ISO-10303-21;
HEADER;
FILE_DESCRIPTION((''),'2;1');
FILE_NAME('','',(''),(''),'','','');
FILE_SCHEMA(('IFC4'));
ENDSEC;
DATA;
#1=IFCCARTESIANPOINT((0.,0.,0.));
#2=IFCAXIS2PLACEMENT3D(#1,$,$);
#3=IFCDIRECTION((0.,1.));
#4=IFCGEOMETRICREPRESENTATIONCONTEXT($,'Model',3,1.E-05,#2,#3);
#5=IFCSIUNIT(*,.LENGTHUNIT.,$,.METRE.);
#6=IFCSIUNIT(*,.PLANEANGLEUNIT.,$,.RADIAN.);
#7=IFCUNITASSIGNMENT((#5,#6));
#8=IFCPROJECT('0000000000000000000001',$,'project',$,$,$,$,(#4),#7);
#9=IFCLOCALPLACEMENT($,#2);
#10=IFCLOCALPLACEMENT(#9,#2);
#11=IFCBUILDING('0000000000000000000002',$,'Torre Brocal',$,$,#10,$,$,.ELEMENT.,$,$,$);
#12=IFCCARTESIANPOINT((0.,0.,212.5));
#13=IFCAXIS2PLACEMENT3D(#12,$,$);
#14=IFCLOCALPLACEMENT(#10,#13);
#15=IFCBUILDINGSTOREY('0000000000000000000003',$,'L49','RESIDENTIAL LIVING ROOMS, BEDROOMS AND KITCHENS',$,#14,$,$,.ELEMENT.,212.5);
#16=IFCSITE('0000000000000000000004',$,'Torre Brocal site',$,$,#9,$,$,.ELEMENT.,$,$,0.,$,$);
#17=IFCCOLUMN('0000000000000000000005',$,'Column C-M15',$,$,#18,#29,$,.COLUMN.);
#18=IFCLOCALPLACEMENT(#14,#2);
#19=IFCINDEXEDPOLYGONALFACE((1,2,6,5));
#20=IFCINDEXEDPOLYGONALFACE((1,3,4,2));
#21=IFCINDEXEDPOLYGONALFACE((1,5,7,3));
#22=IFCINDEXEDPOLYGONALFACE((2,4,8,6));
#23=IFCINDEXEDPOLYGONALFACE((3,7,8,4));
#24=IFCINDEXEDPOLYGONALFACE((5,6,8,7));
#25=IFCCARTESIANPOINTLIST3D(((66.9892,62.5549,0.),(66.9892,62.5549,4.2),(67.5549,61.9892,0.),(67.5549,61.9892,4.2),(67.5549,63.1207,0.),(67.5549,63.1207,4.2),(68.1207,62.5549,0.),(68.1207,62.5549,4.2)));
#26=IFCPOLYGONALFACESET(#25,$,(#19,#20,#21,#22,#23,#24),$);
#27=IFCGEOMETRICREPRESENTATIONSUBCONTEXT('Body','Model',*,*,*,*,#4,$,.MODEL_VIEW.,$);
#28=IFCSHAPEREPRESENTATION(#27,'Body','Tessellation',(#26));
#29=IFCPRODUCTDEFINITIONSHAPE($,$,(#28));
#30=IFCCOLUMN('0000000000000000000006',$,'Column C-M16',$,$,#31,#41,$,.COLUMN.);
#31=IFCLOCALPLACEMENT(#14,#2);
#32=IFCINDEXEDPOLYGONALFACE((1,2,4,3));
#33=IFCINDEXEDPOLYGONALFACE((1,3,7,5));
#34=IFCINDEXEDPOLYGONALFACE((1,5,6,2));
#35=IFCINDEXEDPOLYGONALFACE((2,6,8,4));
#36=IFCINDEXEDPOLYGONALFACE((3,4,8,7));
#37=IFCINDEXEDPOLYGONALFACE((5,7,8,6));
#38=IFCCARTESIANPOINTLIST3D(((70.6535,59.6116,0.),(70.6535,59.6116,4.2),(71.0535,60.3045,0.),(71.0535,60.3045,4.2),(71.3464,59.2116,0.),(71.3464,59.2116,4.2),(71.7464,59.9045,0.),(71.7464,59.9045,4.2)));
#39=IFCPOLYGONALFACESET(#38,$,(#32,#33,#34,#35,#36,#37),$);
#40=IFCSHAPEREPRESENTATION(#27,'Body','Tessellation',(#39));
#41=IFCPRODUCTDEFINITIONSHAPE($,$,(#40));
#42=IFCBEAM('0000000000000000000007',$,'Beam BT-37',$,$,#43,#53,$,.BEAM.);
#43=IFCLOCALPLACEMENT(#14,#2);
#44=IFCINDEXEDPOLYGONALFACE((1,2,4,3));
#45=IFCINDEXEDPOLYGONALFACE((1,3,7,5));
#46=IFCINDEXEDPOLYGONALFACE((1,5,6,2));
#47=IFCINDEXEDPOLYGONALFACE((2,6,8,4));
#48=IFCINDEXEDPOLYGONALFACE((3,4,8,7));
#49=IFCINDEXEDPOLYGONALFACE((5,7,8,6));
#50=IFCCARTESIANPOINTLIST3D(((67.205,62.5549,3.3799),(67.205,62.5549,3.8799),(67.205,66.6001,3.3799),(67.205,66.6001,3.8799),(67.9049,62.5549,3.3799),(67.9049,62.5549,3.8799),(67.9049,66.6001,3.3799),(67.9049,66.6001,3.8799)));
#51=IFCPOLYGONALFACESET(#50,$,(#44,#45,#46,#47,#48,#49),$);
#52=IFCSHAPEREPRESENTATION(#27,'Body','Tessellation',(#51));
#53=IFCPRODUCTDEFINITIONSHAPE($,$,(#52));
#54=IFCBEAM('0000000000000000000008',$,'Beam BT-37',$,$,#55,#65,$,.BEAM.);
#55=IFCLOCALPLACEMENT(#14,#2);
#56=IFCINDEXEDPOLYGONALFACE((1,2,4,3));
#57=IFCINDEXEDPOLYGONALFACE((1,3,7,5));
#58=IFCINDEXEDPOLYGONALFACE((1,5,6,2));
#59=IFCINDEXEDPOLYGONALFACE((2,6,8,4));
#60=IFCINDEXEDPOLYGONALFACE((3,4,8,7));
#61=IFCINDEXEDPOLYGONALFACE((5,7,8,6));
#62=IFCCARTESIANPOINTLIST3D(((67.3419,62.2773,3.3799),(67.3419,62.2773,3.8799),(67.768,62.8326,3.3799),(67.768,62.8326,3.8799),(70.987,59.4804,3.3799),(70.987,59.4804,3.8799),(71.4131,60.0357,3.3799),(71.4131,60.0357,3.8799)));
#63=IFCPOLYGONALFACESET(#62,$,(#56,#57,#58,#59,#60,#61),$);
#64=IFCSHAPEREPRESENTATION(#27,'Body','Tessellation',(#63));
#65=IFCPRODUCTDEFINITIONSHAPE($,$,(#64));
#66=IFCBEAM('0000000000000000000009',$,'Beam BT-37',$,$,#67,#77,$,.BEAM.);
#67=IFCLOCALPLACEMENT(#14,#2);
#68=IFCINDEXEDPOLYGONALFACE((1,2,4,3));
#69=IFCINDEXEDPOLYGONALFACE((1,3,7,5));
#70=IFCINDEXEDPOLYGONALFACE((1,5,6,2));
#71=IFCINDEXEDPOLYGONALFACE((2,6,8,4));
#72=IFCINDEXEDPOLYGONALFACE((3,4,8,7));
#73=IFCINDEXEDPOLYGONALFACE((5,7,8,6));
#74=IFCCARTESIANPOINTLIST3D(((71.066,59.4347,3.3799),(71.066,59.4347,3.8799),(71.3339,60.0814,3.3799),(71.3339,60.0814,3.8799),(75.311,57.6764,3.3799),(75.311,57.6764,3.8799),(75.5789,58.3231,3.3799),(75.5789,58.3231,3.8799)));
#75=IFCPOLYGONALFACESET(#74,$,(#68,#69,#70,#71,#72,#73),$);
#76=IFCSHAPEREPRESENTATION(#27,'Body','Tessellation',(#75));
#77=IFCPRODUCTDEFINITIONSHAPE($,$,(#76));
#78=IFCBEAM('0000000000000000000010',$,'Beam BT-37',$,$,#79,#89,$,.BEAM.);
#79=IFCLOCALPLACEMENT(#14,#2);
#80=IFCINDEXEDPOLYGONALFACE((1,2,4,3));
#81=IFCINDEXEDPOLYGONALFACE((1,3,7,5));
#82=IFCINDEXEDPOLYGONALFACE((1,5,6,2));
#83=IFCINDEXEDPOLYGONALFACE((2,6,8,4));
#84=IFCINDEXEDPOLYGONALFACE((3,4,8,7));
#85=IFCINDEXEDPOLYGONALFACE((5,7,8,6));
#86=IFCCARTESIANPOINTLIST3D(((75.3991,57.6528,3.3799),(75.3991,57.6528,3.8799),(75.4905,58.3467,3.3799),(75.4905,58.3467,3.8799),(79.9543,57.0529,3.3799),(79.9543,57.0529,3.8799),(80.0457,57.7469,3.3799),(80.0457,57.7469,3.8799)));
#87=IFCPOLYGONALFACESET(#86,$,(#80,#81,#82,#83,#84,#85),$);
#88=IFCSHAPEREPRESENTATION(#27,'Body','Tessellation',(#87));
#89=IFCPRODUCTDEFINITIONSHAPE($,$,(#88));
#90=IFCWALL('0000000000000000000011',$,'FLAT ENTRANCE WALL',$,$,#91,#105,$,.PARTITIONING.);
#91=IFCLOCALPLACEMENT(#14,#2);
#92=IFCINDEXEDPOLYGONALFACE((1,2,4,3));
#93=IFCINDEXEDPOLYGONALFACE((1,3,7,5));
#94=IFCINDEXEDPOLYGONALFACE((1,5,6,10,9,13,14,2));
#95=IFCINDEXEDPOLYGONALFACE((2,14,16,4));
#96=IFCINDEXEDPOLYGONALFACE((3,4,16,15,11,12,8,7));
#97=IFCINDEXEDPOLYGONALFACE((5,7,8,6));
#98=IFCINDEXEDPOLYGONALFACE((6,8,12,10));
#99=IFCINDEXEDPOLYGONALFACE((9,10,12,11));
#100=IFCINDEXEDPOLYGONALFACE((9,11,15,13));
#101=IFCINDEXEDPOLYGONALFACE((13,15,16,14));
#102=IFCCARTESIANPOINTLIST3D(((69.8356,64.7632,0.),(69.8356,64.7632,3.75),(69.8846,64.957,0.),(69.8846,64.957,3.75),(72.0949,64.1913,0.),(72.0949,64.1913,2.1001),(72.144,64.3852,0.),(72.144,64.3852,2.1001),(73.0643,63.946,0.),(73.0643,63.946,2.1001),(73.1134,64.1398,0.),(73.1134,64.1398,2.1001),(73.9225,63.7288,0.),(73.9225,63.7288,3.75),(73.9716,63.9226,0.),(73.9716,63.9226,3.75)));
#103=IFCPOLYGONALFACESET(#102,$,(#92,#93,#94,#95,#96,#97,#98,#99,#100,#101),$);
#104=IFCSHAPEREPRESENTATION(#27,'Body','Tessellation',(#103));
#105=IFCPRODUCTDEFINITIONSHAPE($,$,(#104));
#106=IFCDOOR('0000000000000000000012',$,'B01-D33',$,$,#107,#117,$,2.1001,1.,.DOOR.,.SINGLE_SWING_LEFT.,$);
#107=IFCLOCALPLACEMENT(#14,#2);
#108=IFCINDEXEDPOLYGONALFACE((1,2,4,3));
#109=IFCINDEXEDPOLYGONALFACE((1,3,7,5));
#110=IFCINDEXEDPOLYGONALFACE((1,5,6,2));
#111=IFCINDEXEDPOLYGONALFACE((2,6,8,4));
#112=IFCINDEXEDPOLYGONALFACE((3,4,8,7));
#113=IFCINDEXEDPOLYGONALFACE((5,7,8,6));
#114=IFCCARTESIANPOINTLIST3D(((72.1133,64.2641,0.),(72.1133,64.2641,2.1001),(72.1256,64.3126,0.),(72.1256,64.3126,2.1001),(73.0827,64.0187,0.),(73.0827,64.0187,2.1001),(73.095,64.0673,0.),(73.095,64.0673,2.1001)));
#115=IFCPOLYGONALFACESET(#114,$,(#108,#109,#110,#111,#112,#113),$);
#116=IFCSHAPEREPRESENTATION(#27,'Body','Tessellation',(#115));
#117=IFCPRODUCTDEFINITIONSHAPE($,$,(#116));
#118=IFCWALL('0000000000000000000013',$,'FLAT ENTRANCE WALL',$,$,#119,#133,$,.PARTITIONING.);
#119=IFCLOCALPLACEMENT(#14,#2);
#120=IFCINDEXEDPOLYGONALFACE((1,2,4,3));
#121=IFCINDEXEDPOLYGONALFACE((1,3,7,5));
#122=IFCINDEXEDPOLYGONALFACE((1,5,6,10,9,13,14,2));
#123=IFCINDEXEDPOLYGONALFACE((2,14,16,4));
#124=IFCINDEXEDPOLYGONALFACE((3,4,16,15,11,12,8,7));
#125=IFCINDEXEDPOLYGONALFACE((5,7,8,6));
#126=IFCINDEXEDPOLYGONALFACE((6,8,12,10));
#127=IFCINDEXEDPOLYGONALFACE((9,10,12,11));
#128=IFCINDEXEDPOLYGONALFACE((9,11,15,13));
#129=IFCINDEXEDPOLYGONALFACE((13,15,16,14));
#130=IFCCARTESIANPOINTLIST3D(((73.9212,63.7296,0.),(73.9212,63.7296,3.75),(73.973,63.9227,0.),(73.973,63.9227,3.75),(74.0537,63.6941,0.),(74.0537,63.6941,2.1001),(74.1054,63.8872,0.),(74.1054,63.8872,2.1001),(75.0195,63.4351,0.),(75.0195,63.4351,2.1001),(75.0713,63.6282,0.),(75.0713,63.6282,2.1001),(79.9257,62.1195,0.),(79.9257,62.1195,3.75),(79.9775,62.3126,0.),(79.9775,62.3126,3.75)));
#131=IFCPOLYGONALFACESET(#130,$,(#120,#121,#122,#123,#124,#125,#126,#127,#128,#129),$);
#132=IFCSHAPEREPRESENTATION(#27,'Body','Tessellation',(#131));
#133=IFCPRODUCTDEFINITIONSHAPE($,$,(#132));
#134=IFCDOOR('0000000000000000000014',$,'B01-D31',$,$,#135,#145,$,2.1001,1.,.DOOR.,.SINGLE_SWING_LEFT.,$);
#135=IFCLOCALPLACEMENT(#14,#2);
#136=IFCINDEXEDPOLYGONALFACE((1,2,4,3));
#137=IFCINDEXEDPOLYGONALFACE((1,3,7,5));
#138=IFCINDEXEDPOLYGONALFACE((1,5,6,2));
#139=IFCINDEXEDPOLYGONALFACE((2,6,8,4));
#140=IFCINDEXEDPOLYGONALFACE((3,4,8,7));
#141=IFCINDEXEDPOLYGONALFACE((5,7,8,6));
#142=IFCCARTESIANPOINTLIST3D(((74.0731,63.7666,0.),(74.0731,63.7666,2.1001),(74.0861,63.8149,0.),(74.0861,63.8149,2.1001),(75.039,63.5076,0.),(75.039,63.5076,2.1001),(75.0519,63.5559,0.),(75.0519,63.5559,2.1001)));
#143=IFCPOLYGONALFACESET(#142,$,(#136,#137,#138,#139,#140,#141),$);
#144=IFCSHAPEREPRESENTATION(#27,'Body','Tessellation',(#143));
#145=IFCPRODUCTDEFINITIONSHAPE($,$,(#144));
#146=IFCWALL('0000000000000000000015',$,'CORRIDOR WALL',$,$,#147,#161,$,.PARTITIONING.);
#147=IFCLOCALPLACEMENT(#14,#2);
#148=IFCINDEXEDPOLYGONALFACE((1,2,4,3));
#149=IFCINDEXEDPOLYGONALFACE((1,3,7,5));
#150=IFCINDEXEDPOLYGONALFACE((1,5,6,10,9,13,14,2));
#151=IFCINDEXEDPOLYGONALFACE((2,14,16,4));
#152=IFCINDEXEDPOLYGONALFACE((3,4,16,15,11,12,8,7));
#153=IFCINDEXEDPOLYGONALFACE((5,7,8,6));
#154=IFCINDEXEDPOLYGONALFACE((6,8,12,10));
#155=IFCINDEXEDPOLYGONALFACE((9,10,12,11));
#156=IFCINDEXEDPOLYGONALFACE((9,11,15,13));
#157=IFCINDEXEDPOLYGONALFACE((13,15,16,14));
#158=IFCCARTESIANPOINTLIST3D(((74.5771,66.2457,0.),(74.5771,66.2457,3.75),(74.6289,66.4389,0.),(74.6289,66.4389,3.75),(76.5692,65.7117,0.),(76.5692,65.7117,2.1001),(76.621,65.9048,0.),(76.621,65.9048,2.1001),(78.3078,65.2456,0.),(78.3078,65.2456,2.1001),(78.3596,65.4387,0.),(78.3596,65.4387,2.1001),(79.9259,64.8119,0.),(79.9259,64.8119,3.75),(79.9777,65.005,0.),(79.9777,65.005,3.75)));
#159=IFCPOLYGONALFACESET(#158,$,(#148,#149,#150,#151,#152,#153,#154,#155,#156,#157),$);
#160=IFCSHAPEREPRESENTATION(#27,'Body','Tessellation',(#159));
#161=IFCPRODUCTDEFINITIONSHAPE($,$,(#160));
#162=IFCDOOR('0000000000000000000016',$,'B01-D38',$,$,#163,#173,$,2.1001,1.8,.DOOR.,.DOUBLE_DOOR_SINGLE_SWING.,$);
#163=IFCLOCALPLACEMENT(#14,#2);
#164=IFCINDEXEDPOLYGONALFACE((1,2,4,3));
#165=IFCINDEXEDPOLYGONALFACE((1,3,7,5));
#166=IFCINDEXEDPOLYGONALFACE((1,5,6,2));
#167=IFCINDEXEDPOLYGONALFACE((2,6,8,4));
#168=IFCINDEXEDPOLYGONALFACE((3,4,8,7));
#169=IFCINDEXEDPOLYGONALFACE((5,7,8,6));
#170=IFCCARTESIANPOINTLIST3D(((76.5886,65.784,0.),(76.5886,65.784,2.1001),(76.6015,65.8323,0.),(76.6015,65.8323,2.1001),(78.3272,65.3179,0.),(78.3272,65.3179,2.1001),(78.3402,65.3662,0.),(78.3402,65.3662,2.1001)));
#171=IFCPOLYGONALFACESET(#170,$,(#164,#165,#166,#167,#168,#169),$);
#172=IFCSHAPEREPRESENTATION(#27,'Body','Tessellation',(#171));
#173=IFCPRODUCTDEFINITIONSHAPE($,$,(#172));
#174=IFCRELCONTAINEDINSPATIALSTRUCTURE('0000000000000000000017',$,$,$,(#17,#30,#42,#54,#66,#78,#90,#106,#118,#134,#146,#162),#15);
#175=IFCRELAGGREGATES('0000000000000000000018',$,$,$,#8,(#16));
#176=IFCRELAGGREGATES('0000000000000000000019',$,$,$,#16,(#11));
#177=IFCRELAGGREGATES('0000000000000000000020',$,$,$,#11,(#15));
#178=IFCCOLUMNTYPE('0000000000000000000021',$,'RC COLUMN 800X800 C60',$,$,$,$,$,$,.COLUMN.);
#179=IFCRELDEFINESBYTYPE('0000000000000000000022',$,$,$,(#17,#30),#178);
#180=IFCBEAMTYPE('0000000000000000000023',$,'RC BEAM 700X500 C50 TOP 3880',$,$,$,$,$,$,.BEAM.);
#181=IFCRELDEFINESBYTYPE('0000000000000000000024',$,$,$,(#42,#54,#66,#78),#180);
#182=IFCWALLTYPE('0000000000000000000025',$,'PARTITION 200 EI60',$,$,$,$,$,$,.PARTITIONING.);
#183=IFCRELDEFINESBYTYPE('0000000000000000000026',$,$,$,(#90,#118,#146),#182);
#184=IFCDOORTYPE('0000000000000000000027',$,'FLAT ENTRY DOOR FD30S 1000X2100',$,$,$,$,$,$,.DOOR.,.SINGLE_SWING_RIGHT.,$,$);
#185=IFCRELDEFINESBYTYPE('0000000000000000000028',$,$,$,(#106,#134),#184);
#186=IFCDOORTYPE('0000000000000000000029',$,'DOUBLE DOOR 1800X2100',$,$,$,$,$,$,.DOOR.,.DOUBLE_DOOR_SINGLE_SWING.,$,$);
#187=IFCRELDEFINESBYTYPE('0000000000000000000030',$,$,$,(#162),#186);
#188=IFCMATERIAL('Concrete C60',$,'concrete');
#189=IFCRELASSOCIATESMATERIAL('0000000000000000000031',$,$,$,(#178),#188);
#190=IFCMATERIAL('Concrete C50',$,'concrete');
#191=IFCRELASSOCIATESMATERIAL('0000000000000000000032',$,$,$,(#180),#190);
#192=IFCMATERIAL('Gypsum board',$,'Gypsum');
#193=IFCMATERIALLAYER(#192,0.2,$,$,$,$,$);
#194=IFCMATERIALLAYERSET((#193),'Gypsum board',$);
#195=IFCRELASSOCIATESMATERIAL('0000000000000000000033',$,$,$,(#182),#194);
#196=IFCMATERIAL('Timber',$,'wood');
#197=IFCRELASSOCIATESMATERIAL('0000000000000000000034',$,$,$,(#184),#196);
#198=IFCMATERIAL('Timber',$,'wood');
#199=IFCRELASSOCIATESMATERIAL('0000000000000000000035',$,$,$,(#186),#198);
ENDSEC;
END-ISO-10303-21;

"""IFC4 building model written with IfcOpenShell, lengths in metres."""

from ifc_helpers import new_model, si_unit, direction, frame, frame_2d, origin, origin_2d, place, context, subcontext, project, spatial, rectangle, extrude, material, layer, layer_set, material_profile, profile_set, type_object, element, fill, save


model = new_model("IFC4")

# Units and contexts
model_context = context("Model", 3, precision=1e-05, world=origin(), true_north=direction((0.0, 1.0)))
body_context = subcontext(model_context, "Body", "Model", "MODEL_VIEW")
ifc_project = project(units=[si_unit("LENGTHUNIT", "METRE"), si_unit("PLANEANGLEUNIT", "RADIAN")], contexts=[model_context])

# Site, building, storey
site_placement = place(None, origin())
site = spatial("IfcSite", under=ifc_project, at=site_placement, Name="Torre Brocal site", CompositionType="ELEMENT", RefElevation=0.0)
building_placement = place(site_placement, origin())
building = spatial("IfcBuilding", under=site, at=building_placement, Name="Torre Brocal", CompositionType="ELEMENT")
storey_placement = place(building_placement, frame((0.0, 0.0, 212.5)))
storey = spatial("IfcBuildingStorey", under=building, at=storey_placement, Name="L49", Description="RESIDENTIAL LIVING ROOMS, BEDROOMS AND KITCHENS", CompositionType="ELEMENT", Elevation=212.5)

# Columns
ifc_material_1 = material(Name="Concrete C60", Category="concrete")
ifc_material_profile_1 = material_profile(ifc_material_1, rectangle(XDim=0.8, YDim=0.8, at=origin_2d()), Name="RC 800X800")
ifc_profile_set_1 = profile_set([ifc_material_profile_1], Name="Concrete C60")
column_type = type_object("IfcColumnType", Name="RC COLUMN 800X800 C60", PredefinedType="COLUMN", material=ifc_profile_set_1)
for number, where, z_axis, x_axis, name in (
    (1, (67.5549, 62.5549, 0.0), (0.0, 0.0, 1.0), (-0.707107, -0.707107, 0.0), "Column C-M15"),
    (2, (71.2, 59.7581, 0.0), (0.0, 0.0, 1.0), (-0.5, -0.866025, 0.0), "Column C-M16"),
):
    element("IfcColumn", number, at=place(storey_placement, frame(where, z_axis=z_axis, x_axis=x_axis)), inside=storey, type_object=column_type, Name=name, PredefinedType="COLUMN", context=body_context, shape_type="SweptSolid", body=[
        extrude(rectangle(XDim=0.8, YDim=0.8, at=origin_2d()), origin(), (0.0, 0.0, 1.0), 4.2),
    ])

# Beams
ifc_material_2 = material(Name="Concrete C50", Category="concrete")
ifc_material_profile_2 = material_profile(ifc_material_2, rectangle(XDim=0.7, YDim=0.5, at=origin_2d()), Name="RC 700X500")
ifc_profile_set_2 = profile_set([ifc_material_profile_2], Name="Concrete C50")
beam_type = type_object("IfcBeamType", Name="RC BEAM 700X500 C50 TOP 3880", PredefinedType="BEAM", material=ifc_profile_set_2)
beam_1_placement = place(storey_placement, frame((67.5549, 62.5549, 3.6299), z_axis=(0.0, 1.0, 0.0), x_axis=(-1.0, 0.0, 0.0)))
element("IfcBeam", 3, at=beam_1_placement, inside=storey, type_object=beam_type, Name="Beam BT-37", PredefinedType="BEAM", context=body_context, shape_type="SweptSolid", body=[
    extrude(rectangle(XDim=0.7, YDim=0.5, at=origin_2d()), origin(), (0.0, 0.0, 1.0), 4.0452),
])
beam_2_placement = place(storey_placement, frame((67.5549, 62.5549, 3.6299), z_axis=(0.793358, -0.608755, 0.0), x_axis=(0.608755, 0.793358, 0.0)))
element("IfcBeam", 4, at=beam_2_placement, inside=storey, type_object=beam_type, Name="Beam BT-37", PredefinedType="BEAM", context=body_context, shape_type="SweptSolid", body=[
    extrude(rectangle(XDim=0.7, YDim=0.5, at=origin_2d()), origin(), (0.0, 0.0, 1.0), 4.5945),
])
beam_3_placement = place(storey_placement, frame((71.2, 59.7581, 3.6299), z_axis=(0.923878, -0.382687, 0.0), x_axis=(0.382687, 0.923878, 0.0)))
element("IfcBeam", 5, at=beam_3_placement, inside=storey, type_object=beam_type, Name="Beam BT-37", PredefinedType="BEAM", context=body_context, shape_type="SweptSolid", body=[
    extrude(rectangle(XDim=0.7, YDim=0.5, at=origin_2d()), origin(), (0.0, 0.0, 1.0), 4.5947),
])
beam_4_placement = place(storey_placement, frame((75.4448, 57.9998, 3.6299), z_axis=(0.991441, -0.130559, 0.0), x_axis=(0.130559, 0.991441, 0.0)))
element("IfcBeam", 6, at=beam_4_placement, inside=storey, type_object=beam_type, Name="Beam BT-37", PredefinedType="BEAM", context=body_context, shape_type="SweptSolid", body=[
    extrude(rectangle(XDim=0.7, YDim=0.5, at=origin_2d()), origin(), (0.0, 0.0, 1.0), 4.5945),
])

# Walls, openings, doors
ifc_material_3 = material(Name="Gypsum board", Category="Gypsum")
ifc_layer_1 = layer(ifc_material_3, 0.2)
ifc_layer_set_1 = layer_set([ifc_layer_1], Name="Gypsum board")
wall_type_1 = type_object("IfcWallType", Name="PARTITION 200 EI60", PredefinedType="PARTITIONING", material=ifc_layer_set_1)
wall_1_placement = place(storey_placement, frame((69.8601, 64.8601, 0.0), z_axis=(0.0, 0.0, 1.0), x_axis=(0.96943, -0.245369, 0.0)))
wall_1 = element("IfcWall", 7, at=wall_1_placement, inside=storey, type_object=wall_type_1, Name="FLAT ENTRANCE WALL", PredefinedType="PARTITIONING", context=body_context, shape_type="SweptSolid", body=[
    extrude(rectangle(XDim=4.2158, YDim=0.2, at=frame_2d((2.1079, 0.0))), origin(), (0.0, 0.0, 1.0), 3.75),
])
opening_1_placement = place(wall_1_placement, frame((2.3306, 0.0, 0.0)))
opening_1 = element("IfcOpeningElement", 8, at=opening_1_placement, cuts=wall_1, PredefinedType="OPENING", context=body_context, shape_type="SweptSolid", body=[
    extrude(rectangle(XDim=1.0, YDim=2.1001, at=frame_2d((0.5, 1.05))), frame((0.0, 0.1099, 0.0), z_axis=(0.0, -1.0, 0.0), x_axis=(1.0, 0.0, 0.0)), (0.0, 0.0, 1.0), 0.22),
])
ifc_material_4 = material(Name="Timber", Category="wood")
door_type_1 = type_object("IfcDoorType", Name="FLAT ENTRY DOOR FD30S 1000X2100", OperationType="SINGLE_SWING_RIGHT", PredefinedType="DOOR", material=ifc_material_4)
door_1_placement = place(opening_1_placement, frame((1.0, 0.0, 0.0), z_axis=(0.0, 0.0, 1.0), x_axis=(-1.0, 0.0, 0.0)))
door_1 = element("IfcDoor", 9, at=door_1_placement, inside=storey, type_object=door_type_1, Name="B01-D33", OperationType="SINGLE_SWING_LEFT", OverallHeight=2.1001, OverallWidth=1.0, PredefinedType="DOOR", context=body_context, shape_type="SweptSolid", body=[
    extrude(rectangle(XDim=1.0, YDim=2.1001, at=frame_2d((0.5, 1.05))), frame((0.0, 0.0249, 0.0), z_axis=(0.0, -1.0, 0.0), x_axis=(1.0, 0.0, 0.0)), (0.0, 0.0, 1.0), 0.05),
])
fill(opening_1, door_1)
wall_2_placement = place(storey_placement, frame((73.947, 63.8262, 0.0), z_axis=(0.0, 0.0, 1.0), x_axis=(0.965876, -0.259004, 0.0)))
wall_2 = element("IfcWall", 10, at=wall_2_placement, inside=storey, type_object=wall_type_1, Name="FLAT ENTRANCE WALL", PredefinedType="PARTITIONING", context=body_context, shape_type="SweptSolid", body=[
    extrude(rectangle(XDim=6.2166, YDim=0.2, at=frame_2d((3.1084, 0.0))), origin(), (0.0, 0.0, 1.0), 3.75),
])
opening_2_placement = place(wall_2_placement, frame((0.1372, 0.0, 0.0)))
opening_2 = element("IfcOpeningElement", 11, at=opening_2_placement, cuts=wall_2, PredefinedType="OPENING", context=body_context, shape_type="SweptSolid", body=[
    extrude(rectangle(XDim=1.0, YDim=2.1001, at=frame_2d((0.5, 1.05))), frame((0.0, 0.1099, 0.0), z_axis=(0.0, -1.0, 0.0), x_axis=(1.0, 0.0, 0.0)), (0.0, 0.0, 1.0), 0.22),
])
door_2_placement = place(opening_2_placement, frame((1.0, 0.0, 0.0), z_axis=(0.0, 0.0, 1.0), x_axis=(-1.0, 0.0, 0.0)))
door_2 = element("IfcDoor", 12, at=door_2_placement, inside=storey, type_object=door_type_1, Name="B01-D31", OperationType="SINGLE_SWING_LEFT", OverallHeight=2.1001, OverallWidth=1.0, PredefinedType="DOOR", context=body_context, shape_type="SweptSolid", body=[
    extrude(rectangle(XDim=1.0, YDim=2.1001, at=frame_2d((0.5, 1.05))), frame((0.0, 0.0249, 0.0), z_axis=(0.0, -1.0, 0.0), x_axis=(1.0, 0.0, 0.0)), (0.0, 0.0, 1.0), 0.05),
])
fill(opening_2, door_2)
wall_3_placement = place(storey_placement, frame((74.603, 66.3423, 0.0), z_axis=(0.0, 0.0, 1.0), x_axis=(0.965895, -0.258933, 0.0)))
wall_3 = element("IfcWall", 13, at=wall_3_placement, inside=storey, type_object=wall_type_1, Name="CORRIDOR WALL", PredefinedType="PARTITIONING", context=body_context, shape_type="SweptSolid", body=[
    extrude(rectangle(XDim=5.5376, YDim=0.2, at=frame_2d((2.7688, 0.0))), origin(), (0.0, 0.0, 1.0), 3.75),
])
opening_3_placement = place(wall_3_placement, frame((2.0625, 0.0, 0.0)))
opening_3 = element("IfcOpeningElement", 14, at=opening_3_placement, cuts=wall_3, PredefinedType="OPENING", context=body_context, shape_type="SweptSolid", body=[
    extrude(rectangle(XDim=1.8, YDim=2.1001, at=frame_2d((0.8999, 1.05))), frame((0.0, 0.1099, 0.0), z_axis=(0.0, -1.0, 0.0), x_axis=(1.0, 0.0, 0.0)), (0.0, 0.0, 1.0), 0.22),
])
ifc_material_5 = material(Name="Timber", Category="wood")
door_type_2 = type_object("IfcDoorType", Name="DOUBLE DOOR 1800X2100", OperationType="DOUBLE_DOOR_SINGLE_SWING", PredefinedType="DOOR", material=ifc_material_5)
door_3_placement = place(opening_3_placement, origin())
door_3 = element("IfcDoor", 15, at=door_3_placement, inside=storey, type_object=door_type_2, Name="B01-D38", OperationType="DOUBLE_DOOR_SINGLE_SWING", OverallHeight=2.1001, OverallWidth=1.8, PredefinedType="DOOR", context=body_context, shape_type="SweptSolid", body=[
    extrude(rectangle(XDim=1.8, YDim=2.1001, at=frame_2d((0.8999, 1.05))), frame((0.0, 0.0249, 0.0), z_axis=(0.0, -1.0, 0.0), x_axis=(1.0, 0.0, 0.0)), (0.0, 0.0, 1.0), 0.05),
])
fill(opening_3, door_3)

save(model, "model.ifc")
